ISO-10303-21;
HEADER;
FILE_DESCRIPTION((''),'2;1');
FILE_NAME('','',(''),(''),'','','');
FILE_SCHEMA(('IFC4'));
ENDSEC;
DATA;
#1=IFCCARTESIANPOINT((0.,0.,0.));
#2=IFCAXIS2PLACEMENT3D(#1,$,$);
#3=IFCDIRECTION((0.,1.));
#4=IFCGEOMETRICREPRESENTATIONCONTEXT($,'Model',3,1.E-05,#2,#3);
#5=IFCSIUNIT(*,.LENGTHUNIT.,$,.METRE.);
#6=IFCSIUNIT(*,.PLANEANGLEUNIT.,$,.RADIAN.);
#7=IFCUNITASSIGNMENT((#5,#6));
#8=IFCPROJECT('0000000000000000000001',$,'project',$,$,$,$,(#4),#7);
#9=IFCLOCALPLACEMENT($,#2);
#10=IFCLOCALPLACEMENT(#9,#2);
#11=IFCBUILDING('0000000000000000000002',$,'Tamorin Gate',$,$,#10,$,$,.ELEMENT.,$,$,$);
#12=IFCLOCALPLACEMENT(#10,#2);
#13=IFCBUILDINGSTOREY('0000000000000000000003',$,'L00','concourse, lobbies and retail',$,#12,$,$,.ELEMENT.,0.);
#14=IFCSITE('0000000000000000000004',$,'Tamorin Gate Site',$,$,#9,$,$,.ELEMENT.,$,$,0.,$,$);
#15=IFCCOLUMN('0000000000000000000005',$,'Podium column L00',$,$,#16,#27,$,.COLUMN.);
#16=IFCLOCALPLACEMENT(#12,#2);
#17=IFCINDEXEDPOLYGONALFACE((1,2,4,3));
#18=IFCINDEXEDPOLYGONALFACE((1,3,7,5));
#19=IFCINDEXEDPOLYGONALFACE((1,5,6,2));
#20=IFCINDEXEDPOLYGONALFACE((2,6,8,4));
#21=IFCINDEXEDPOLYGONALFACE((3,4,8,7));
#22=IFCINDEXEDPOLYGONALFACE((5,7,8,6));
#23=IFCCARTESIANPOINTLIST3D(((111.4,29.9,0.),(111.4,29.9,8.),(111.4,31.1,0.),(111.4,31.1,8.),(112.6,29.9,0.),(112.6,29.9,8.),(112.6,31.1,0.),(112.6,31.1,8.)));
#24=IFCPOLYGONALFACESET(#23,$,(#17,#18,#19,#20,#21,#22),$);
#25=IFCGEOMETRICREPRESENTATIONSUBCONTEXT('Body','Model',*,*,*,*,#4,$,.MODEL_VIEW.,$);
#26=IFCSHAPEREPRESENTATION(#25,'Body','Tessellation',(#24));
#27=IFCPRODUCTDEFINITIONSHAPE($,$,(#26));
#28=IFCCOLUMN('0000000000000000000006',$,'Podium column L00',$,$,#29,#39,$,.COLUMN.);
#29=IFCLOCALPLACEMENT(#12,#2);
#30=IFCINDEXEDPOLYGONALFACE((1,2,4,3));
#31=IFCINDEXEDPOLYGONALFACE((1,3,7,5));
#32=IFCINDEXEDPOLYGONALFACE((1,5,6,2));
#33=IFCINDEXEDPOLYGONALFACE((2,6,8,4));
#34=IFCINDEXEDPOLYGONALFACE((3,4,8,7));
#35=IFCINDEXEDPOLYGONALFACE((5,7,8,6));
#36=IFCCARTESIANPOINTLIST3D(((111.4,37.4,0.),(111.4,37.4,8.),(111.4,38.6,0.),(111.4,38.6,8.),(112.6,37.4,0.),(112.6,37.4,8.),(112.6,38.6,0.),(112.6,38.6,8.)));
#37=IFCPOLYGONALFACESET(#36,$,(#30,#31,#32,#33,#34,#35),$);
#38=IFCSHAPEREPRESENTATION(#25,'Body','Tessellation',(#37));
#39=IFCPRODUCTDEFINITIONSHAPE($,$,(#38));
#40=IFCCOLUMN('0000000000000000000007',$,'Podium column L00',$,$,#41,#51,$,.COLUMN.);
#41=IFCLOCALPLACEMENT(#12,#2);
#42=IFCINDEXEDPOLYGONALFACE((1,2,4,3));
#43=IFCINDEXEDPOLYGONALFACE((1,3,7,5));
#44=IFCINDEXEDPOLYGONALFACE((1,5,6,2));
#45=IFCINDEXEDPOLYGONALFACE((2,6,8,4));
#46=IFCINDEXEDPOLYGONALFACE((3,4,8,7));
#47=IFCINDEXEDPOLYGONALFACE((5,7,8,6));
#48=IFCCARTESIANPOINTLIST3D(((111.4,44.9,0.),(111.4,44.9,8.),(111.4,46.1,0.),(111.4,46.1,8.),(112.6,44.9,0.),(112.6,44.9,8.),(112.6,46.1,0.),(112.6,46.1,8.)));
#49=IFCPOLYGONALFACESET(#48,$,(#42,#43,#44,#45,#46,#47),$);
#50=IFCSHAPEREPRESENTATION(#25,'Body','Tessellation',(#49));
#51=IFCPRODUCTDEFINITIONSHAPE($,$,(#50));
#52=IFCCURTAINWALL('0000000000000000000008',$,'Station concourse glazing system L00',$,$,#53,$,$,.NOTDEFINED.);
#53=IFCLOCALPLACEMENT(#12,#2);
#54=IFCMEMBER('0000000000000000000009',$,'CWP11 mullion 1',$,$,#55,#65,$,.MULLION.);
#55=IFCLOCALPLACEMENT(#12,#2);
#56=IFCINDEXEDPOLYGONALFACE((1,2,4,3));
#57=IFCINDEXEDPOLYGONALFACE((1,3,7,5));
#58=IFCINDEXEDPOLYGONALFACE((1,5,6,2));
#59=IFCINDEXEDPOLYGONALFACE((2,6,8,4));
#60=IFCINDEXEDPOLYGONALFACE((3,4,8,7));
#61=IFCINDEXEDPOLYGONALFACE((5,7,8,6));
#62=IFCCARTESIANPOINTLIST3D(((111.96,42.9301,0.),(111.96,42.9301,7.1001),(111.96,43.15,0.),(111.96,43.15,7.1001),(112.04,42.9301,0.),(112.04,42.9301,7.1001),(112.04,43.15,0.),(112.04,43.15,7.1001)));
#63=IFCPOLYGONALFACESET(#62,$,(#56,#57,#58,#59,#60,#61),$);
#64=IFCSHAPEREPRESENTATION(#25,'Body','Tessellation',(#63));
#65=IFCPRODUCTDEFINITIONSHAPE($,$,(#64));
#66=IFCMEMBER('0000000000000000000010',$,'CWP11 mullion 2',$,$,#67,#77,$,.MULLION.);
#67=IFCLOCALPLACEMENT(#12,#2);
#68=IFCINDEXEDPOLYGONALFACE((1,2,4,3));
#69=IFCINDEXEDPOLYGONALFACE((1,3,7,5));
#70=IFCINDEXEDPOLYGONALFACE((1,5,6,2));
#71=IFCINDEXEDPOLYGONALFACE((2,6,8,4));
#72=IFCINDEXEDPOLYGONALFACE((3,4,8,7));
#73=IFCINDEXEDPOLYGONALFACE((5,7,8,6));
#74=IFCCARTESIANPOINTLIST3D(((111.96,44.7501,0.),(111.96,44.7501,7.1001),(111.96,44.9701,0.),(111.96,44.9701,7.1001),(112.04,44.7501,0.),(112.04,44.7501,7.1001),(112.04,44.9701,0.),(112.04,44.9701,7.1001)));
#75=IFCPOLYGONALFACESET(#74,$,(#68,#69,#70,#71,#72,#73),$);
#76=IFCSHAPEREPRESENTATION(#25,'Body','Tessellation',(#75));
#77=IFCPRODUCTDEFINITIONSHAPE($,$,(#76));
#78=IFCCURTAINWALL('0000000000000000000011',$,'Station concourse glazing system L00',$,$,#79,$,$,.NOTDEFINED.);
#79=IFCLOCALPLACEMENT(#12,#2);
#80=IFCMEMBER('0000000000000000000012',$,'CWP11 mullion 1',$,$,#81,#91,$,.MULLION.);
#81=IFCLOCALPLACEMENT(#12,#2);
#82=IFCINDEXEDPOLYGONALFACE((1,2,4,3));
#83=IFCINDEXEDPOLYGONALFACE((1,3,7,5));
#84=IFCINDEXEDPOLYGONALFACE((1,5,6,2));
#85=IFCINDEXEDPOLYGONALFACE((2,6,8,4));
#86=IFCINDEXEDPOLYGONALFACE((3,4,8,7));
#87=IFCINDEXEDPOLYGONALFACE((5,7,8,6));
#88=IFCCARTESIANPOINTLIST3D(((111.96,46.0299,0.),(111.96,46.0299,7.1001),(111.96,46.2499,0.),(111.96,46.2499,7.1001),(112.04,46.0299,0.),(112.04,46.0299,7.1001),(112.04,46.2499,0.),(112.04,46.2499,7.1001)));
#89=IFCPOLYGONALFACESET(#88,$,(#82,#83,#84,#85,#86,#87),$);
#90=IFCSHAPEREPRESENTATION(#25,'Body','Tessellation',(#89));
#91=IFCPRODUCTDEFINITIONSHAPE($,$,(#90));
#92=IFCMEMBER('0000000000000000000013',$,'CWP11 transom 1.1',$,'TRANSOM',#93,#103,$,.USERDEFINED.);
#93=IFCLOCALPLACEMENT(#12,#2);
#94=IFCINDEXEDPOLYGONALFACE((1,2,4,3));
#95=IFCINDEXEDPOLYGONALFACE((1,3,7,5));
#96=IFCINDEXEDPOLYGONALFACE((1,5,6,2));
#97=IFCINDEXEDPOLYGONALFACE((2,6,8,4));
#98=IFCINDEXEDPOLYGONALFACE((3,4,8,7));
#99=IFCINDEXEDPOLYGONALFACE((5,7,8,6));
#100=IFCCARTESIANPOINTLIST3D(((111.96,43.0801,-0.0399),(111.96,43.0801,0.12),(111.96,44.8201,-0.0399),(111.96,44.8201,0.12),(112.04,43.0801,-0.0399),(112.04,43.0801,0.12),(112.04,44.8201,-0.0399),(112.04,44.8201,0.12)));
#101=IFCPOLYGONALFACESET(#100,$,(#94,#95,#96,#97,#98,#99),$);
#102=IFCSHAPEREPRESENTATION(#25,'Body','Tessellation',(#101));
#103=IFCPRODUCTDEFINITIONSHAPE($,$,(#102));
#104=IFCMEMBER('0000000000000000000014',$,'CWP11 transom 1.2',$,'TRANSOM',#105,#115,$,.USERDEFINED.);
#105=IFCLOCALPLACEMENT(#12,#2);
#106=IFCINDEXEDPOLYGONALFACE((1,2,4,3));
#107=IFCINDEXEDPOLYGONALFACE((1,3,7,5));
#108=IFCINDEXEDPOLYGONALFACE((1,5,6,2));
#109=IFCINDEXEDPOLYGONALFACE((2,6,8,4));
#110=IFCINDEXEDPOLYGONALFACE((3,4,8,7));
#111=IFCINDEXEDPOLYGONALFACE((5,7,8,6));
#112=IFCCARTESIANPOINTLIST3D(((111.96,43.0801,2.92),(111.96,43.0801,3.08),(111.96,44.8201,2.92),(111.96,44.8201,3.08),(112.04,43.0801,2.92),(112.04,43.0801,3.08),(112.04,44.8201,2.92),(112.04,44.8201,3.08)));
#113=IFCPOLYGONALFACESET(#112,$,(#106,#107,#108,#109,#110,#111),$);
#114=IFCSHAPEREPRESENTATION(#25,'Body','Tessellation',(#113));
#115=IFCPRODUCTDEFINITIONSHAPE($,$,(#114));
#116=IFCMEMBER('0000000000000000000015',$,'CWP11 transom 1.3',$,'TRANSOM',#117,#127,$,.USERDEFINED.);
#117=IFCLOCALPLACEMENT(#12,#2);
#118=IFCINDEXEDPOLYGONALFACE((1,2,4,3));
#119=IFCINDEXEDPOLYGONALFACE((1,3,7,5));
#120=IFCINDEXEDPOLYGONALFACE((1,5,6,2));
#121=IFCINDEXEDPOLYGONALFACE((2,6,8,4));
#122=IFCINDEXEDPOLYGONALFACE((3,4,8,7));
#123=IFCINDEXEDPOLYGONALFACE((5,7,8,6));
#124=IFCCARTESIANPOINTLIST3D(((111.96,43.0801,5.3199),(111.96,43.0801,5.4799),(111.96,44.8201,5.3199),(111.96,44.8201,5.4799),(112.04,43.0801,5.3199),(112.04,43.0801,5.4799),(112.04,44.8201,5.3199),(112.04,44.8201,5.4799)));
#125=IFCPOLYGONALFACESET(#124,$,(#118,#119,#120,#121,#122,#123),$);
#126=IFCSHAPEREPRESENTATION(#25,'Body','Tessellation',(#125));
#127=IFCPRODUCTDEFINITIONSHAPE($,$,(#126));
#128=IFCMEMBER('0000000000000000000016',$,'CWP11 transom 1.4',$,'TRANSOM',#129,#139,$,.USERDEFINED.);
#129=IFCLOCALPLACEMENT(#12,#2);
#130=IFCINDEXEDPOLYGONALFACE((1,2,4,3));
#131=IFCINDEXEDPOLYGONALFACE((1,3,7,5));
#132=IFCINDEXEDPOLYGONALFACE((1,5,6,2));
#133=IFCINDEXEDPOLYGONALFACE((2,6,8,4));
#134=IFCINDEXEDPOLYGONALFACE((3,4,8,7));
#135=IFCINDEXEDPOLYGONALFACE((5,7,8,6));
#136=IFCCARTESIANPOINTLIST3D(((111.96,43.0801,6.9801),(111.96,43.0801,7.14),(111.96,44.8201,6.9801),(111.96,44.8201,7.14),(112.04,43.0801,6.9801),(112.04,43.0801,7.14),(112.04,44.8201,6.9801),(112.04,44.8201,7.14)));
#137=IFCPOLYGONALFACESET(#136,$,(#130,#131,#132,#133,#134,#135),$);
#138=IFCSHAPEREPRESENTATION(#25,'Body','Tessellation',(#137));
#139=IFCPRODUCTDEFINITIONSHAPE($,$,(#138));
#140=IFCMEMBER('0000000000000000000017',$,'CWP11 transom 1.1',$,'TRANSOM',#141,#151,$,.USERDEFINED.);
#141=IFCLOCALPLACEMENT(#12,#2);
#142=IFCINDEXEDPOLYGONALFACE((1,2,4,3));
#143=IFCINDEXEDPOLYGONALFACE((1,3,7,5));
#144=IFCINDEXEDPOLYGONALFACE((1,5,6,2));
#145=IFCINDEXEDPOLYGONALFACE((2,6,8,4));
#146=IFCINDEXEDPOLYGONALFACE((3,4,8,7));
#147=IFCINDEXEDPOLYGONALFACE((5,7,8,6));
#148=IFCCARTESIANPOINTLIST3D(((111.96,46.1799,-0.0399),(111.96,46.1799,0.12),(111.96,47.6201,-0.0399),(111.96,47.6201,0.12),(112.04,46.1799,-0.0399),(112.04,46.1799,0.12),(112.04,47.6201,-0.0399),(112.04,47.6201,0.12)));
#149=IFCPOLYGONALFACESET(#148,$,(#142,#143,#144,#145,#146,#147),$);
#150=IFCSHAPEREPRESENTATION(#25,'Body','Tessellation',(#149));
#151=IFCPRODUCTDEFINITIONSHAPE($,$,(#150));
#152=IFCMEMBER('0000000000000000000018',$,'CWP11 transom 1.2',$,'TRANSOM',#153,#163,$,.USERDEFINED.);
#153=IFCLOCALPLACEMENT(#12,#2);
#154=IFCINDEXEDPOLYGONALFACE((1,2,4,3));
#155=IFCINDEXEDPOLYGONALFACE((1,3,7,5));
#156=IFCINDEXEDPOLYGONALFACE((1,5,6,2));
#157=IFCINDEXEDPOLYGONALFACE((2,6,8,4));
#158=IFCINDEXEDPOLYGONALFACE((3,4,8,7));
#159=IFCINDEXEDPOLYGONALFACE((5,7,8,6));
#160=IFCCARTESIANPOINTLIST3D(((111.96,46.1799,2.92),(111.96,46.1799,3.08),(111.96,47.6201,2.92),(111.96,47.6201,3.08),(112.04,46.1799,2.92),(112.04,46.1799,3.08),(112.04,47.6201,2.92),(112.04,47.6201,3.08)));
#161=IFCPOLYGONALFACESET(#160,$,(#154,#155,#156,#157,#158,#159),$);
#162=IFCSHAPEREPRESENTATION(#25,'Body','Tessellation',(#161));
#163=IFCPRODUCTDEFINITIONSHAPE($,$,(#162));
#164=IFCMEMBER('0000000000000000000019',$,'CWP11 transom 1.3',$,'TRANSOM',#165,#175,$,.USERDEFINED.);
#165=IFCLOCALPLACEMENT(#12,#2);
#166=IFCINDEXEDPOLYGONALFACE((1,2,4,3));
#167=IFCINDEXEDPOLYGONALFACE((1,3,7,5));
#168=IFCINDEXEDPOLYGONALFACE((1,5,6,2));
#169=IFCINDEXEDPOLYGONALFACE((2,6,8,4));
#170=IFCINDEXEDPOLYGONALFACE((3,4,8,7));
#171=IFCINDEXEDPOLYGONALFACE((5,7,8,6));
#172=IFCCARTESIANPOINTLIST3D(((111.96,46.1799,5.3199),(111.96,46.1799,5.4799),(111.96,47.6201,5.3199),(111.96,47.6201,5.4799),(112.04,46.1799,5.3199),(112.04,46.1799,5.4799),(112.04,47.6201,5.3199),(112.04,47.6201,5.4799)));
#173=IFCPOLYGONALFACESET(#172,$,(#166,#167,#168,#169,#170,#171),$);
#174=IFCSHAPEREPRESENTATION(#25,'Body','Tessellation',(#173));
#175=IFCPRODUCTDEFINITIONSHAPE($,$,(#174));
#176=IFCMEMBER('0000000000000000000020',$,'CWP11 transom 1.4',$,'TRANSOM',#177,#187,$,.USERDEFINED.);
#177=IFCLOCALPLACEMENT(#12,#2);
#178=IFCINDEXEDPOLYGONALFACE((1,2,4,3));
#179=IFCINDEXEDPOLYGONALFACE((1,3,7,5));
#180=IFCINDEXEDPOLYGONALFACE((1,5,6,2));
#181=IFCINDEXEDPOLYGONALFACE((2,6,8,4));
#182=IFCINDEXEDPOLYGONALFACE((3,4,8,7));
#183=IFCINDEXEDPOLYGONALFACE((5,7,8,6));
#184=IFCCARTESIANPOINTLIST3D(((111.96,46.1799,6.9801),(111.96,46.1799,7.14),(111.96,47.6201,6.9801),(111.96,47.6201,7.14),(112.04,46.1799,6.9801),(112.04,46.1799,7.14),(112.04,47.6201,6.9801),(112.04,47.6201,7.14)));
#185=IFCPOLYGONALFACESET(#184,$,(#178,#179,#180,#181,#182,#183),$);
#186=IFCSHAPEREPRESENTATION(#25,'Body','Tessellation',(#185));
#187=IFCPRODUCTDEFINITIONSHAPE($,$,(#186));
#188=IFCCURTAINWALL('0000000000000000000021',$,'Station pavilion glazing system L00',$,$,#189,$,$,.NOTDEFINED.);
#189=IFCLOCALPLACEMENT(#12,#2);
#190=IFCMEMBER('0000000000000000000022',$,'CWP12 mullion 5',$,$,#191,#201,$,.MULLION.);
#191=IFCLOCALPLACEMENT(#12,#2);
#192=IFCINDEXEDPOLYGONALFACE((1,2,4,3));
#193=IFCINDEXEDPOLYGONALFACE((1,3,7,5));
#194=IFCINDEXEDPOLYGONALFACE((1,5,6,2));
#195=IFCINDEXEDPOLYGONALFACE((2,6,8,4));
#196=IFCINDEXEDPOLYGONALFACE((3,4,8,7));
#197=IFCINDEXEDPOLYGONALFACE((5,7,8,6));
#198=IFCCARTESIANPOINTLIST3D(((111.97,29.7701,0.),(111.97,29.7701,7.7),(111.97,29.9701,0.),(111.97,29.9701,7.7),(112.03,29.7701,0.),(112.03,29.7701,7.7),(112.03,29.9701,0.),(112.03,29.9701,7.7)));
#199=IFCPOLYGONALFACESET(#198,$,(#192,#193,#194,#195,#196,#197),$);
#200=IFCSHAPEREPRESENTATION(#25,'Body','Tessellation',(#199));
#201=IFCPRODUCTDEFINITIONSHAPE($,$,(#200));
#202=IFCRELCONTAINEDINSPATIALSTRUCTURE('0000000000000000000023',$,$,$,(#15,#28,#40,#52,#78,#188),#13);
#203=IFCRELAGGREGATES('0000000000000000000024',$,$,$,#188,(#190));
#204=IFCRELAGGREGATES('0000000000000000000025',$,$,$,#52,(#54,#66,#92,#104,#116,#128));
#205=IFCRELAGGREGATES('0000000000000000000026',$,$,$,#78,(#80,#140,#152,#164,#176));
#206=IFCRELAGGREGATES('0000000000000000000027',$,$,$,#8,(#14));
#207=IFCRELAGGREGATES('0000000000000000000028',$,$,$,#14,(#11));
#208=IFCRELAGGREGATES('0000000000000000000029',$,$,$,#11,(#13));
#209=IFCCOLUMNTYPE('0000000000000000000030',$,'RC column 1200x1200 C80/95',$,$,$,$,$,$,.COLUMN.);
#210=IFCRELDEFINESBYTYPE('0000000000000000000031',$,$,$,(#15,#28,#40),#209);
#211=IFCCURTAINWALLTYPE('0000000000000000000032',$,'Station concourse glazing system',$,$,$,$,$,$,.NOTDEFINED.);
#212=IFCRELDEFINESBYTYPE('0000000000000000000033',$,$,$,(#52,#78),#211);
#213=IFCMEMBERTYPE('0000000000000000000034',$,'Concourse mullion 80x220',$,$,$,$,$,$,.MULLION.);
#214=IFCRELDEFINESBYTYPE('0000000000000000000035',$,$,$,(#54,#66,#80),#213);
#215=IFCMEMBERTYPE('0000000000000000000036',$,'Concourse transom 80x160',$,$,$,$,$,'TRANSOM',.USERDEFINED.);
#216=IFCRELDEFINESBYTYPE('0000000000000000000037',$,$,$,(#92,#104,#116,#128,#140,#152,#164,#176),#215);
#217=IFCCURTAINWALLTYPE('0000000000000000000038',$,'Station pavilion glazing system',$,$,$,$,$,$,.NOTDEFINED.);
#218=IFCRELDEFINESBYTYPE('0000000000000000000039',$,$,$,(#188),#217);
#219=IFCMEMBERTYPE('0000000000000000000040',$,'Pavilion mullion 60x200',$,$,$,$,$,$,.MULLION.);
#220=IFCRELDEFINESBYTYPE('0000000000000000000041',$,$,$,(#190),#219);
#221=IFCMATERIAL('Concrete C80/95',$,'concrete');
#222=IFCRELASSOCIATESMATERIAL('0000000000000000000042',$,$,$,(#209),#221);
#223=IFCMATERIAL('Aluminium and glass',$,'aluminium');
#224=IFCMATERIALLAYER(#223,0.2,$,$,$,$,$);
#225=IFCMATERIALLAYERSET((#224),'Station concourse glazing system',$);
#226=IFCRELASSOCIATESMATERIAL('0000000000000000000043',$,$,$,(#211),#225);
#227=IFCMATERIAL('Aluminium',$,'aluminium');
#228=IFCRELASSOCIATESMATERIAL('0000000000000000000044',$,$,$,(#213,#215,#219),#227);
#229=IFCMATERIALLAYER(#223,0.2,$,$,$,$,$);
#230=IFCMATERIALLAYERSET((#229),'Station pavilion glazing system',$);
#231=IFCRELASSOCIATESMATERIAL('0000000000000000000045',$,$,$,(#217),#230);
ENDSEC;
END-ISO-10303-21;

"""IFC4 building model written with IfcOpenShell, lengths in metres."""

from ifc_helpers import new_model, si_unit, direction, frame, origin, origin_2d, place, context, subcontext, project, spatial, rectangle, extrude, material, layer, layer_set, material_profile, profile_set, type_object, element, aggregate, save


model = new_model("IFC4")

# Units and contexts
model_context = context("Model", 3, precision=1e-05, world=origin(), true_north=direction((0.0, 1.0)))
body_context = subcontext(model_context, "Body", "Model", "MODEL_VIEW")
ifc_project = project(units=[si_unit("LENGTHUNIT", "METRE"), si_unit("PLANEANGLEUNIT", "RADIAN")], contexts=[model_context])

# Site, building, storey
site_placement = place(None, origin())
site = spatial("IfcSite", under=ifc_project, at=site_placement, Name="Tamorin Gate Site", CompositionType="ELEMENT", RefElevation=0.0)
building_placement = place(site_placement, origin())
building = spatial("IfcBuilding", under=site, at=building_placement, Name="Tamorin Gate", CompositionType="ELEMENT")
storey_placement = place(building_placement, origin())
storey = spatial("IfcBuildingStorey", under=building, at=storey_placement, Name="L00", Description="concourse, lobbies and retail", CompositionType="ELEMENT", Elevation=0.0)

# Columns
ifc_material_1 = material(Name="Concrete C80/95", Category="concrete")
ifc_material_profile_1 = material_profile(ifc_material_1, rectangle(XDim=1.2, YDim=1.2, at=origin_2d()), Name="RC 1200x1200")
ifc_profile_set_1 = profile_set([ifc_material_profile_1], Name="Concrete C80/95")
column_type = type_object("IfcColumnType", Name="RC column 1200x1200 C80/95", PredefinedType="COLUMN", material=ifc_profile_set_1)
for number, where, z_axis, x_axis, name in (
    (1, (112.0, 30.5, 0.0), (0.0, 0.0, 1.0), (1.0, 0.0, 0.0), "Podium column L00"),
    (2, (112.0, 38.0, 0.0), (0.0, 0.0, 1.0), (1.0, 0.0, 0.0), "Podium column L00"),
    (3, (112.0, 45.5, 0.0), (0.0, 0.0, 1.0), (1.0, 0.0, 0.0), "Podium column L00"),
):
    element("IfcColumn", number, at=place(storey_placement, frame(where, z_axis=z_axis, x_axis=x_axis)), inside=storey, type_object=column_type, Name=name, PredefinedType="COLUMN", context=body_context, shape_type="SweptSolid", body=[
        extrude(rectangle(XDim=1.2, YDim=1.2, at=origin_2d()), origin(), (0.0, 0.0, 1.0), 8.0),
    ])

# Curtain wall, members
ifc_material_2 = material(Name="Aluminium and glass", Category="aluminium")
ifc_layer_1 = layer(ifc_material_2, 0.2)
ifc_layer_set_1 = layer_set([ifc_layer_1], Name="Station concourse glazing system")
curtain_wall_type_1 = type_object("IfcCurtainWallType", Name="Station concourse glazing system", PredefinedType="NOTDEFINED", material=ifc_layer_set_1)
curtain_wall_1_placement = place(storey_placement, origin())
curtain_wall_1 = element("IfcCurtainWall", 4, at=curtain_wall_1_placement, inside=storey, type_object=curtain_wall_type_1, Name="Station concourse glazing system L00", PredefinedType="NOTDEFINED")
ifc_material_3 = material(Name="Aluminium", Category="aluminium")
ifc_material_profile_2 = material_profile(ifc_material_3, rectangle(XDim=0.0801, YDim=0.22, at=origin_2d()), Name="RECT 80x220")
ifc_profile_set_2 = profile_set([ifc_material_profile_2], Name="Aluminium")
member_type_1 = type_object("IfcMemberType", Name="Concourse mullion 80x220", PredefinedType="MULLION", material=ifc_profile_set_2)
member_1_placement = place(storey_placement, frame((112.0, 43.04, 0.0), z_axis=(0.0, 0.0, 1.0), x_axis=(-1.0, 0.0, 0.0)))
member_1 = element("IfcMember", 5, at=member_1_placement, type_object=member_type_1, Name="CWP11 mullion 1", PredefinedType="MULLION", context=body_context, shape_type="SweptSolid", body=[
    extrude(rectangle(XDim=0.0801, YDim=0.22, at=origin_2d()), origin(), (0.0, 0.0, 1.0), 7.1001),
])
member_2_placement = place(storey_placement, frame((112.0, 44.8601, 0.0), z_axis=(0.0, 0.0, 1.0), x_axis=(-1.0, 0.0, 0.0)))
member_2 = element("IfcMember", 6, at=member_2_placement, type_object=member_type_1, Name="CWP11 mullion 2", PredefinedType="MULLION", context=body_context, shape_type="SweptSolid", body=[
    extrude(rectangle(XDim=0.0801, YDim=0.22, at=origin_2d()), origin(), (0.0, 0.0, 1.0), 7.1001),
])

# Curtain wall, member
curtain_wall_2_placement = place(storey_placement, origin())
curtain_wall_2 = element("IfcCurtainWall", 7, at=curtain_wall_2_placement, inside=storey, type_object=curtain_wall_type_1, Name="Station concourse glazing system L00", PredefinedType="NOTDEFINED")
member_3_placement = place(storey_placement, frame((112.0, 46.1399, 0.0), z_axis=(0.0, 0.0, 1.0), x_axis=(-1.0, 0.0, 0.0)))
member_3 = element("IfcMember", 8, at=member_3_placement, type_object=member_type_1, Name="CWP11 mullion 1", PredefinedType="MULLION", context=body_context, shape_type="SweptSolid", body=[
    extrude(rectangle(XDim=0.0801, YDim=0.22, at=origin_2d()), origin(), (0.0, 0.0, 1.0), 7.1001),
])

# Members
ifc_material_profile_3 = material_profile(ifc_material_3, rectangle(XDim=0.0801, YDim=0.1599, at=origin_2d()), Name="RECT 80x160")
ifc_profile_set_3 = profile_set([ifc_material_profile_3], Name="Aluminium")
member_type_2 = type_object("IfcMemberType", Name="Concourse transom 80x160", ElementType="TRANSOM", PredefinedType="USERDEFINED", material=ifc_profile_set_3)
member_4_placement = place(storey_placement, frame((112.0, 43.0801, 0.04), z_axis=(0.0, 1.0, 0.0), x_axis=(-1.0, 0.0, 0.0)))
member_4 = element("IfcMember", 9, at=member_4_placement, type_object=member_type_2, Name="CWP11 transom 1.1", ObjectType="TRANSOM", PredefinedType="USERDEFINED", context=body_context, shape_type="SweptSolid", body=[
    extrude(rectangle(XDim=0.0801, YDim=0.1599, at=origin_2d()), origin(), (0.0, 0.0, 1.0), 1.74),
])
member_5_placement = place(storey_placement, frame((112.0, 43.0801, 3.0), z_axis=(0.0, 1.0, 0.0), x_axis=(-1.0, 0.0, 0.0)))
member_5 = element("IfcMember", 10, at=member_5_placement, type_object=member_type_2, Name="CWP11 transom 1.2", ObjectType="TRANSOM", PredefinedType="USERDEFINED", context=body_context, shape_type="SweptSolid", body=[
    extrude(rectangle(XDim=0.0801, YDim=0.1599, at=origin_2d()), origin(), (0.0, 0.0, 1.0), 1.74),
])
member_6_placement = place(storey_placement, frame((112.0, 43.0801, 5.3999), z_axis=(0.0, 1.0, 0.0), x_axis=(-1.0, 0.0, 0.0)))
member_6 = element("IfcMember", 11, at=member_6_placement, type_object=member_type_2, Name="CWP11 transom 1.3", ObjectType="TRANSOM", PredefinedType="USERDEFINED", context=body_context, shape_type="SweptSolid", body=[
    extrude(rectangle(XDim=0.0801, YDim=0.1599, at=origin_2d()), origin(), (0.0, 0.0, 1.0), 1.74),
])
member_7_placement = place(storey_placement, frame((112.0, 43.0801, 7.0601), z_axis=(0.0, 1.0, 0.0), x_axis=(-1.0, 0.0, 0.0)))
member_7 = element("IfcMember", 12, at=member_7_placement, type_object=member_type_2, Name="CWP11 transom 1.4", ObjectType="TRANSOM", PredefinedType="USERDEFINED", context=body_context, shape_type="SweptSolid", body=[
    extrude(rectangle(XDim=0.0801, YDim=0.1599, at=origin_2d()), origin(), (0.0, 0.0, 1.0), 1.74),
])
member_8_placement = place(storey_placement, frame((112.0, 46.1799, 0.04), z_axis=(0.0, 1.0, 0.0), x_axis=(-1.0, 0.0, 0.0)))
member_8 = element("IfcMember", 13, at=member_8_placement, type_object=member_type_2, Name="CWP11 transom 1.1", ObjectType="TRANSOM", PredefinedType="USERDEFINED", context=body_context, shape_type="SweptSolid", body=[
    extrude(rectangle(XDim=0.0801, YDim=0.1599, at=origin_2d()), origin(), (0.0, 0.0, 1.0), 1.4402),
])
member_9_placement = place(storey_placement, frame((112.0, 46.1799, 3.0), z_axis=(0.0, 1.0, 0.0), x_axis=(-1.0, 0.0, 0.0)))
member_9 = element("IfcMember", 14, at=member_9_placement, type_object=member_type_2, Name="CWP11 transom 1.2", ObjectType="TRANSOM", PredefinedType="USERDEFINED", context=body_context, shape_type="SweptSolid", body=[
    extrude(rectangle(XDim=0.0801, YDim=0.1599, at=origin_2d()), origin(), (0.0, 0.0, 1.0), 1.4402),
])
member_10_placement = place(storey_placement, frame((112.0, 46.1799, 5.3999), z_axis=(0.0, 1.0, 0.0), x_axis=(-1.0, 0.0, 0.0)))
member_10 = element("IfcMember", 15, at=member_10_placement, type_object=member_type_2, Name="CWP11 transom 1.3", ObjectType="TRANSOM", PredefinedType="USERDEFINED", context=body_context, shape_type="SweptSolid", body=[
    extrude(rectangle(XDim=0.0801, YDim=0.1599, at=origin_2d()), origin(), (0.0, 0.0, 1.0), 1.4402),
])
member_11_placement = place(storey_placement, frame((112.0, 46.1799, 7.0601), z_axis=(0.0, 1.0, 0.0), x_axis=(-1.0, 0.0, 0.0)))
member_11 = element("IfcMember", 16, at=member_11_placement, type_object=member_type_2, Name="CWP11 transom 1.4", ObjectType="TRANSOM", PredefinedType="USERDEFINED", context=body_context, shape_type="SweptSolid", body=[
    extrude(rectangle(XDim=0.0801, YDim=0.1599, at=origin_2d()), origin(), (0.0, 0.0, 1.0), 1.4402),
])

# Curtain wall, member
ifc_layer_2 = layer(ifc_material_2, 0.2)
ifc_layer_set_2 = layer_set([ifc_layer_2], Name="Station pavilion glazing system")
curtain_wall_type_2 = type_object("IfcCurtainWallType", Name="Station pavilion glazing system", PredefinedType="NOTDEFINED", material=ifc_layer_set_2)
curtain_wall_3_placement = place(storey_placement, origin())
curtain_wall_3 = element("IfcCurtainWall", 17, at=curtain_wall_3_placement, inside=storey, type_object=curtain_wall_type_2, Name="Station pavilion glazing system L00", PredefinedType="NOTDEFINED")
ifc_material_profile_4 = material_profile(ifc_material_3, rectangle(XDim=0.0601, YDim=0.2, at=origin_2d()), Name="RECT 60x200")
ifc_profile_set_4 = profile_set([ifc_material_profile_4], Name="Aluminium")
member_type_3 = type_object("IfcMemberType", Name="Pavilion mullion 60x200", PredefinedType="MULLION", material=ifc_profile_set_4)
member_12_placement = place(storey_placement, frame((112.0, 29.8701, 0.0), z_axis=(0.0, 0.0, 1.0), x_axis=(-1.0, 0.0, 0.0)))
member_12 = element("IfcMember", 18, at=member_12_placement, type_object=member_type_3, Name="CWP12 mullion 5", PredefinedType="MULLION", context=body_context, shape_type="SweptSolid", body=[
    extrude(rectangle(XDim=0.0601, YDim=0.2, at=origin_2d()), origin(), (0.0, 0.0, 1.0), 7.7),
])
aggregate(curtain_wall_3, [member_12])

aggregate(curtain_wall_1, [member_1, member_2, member_4, member_5, member_6, member_7])
aggregate(curtain_wall_2, [member_3, member_8, member_9, member_10, member_11])

save(model, "model.ifc")
